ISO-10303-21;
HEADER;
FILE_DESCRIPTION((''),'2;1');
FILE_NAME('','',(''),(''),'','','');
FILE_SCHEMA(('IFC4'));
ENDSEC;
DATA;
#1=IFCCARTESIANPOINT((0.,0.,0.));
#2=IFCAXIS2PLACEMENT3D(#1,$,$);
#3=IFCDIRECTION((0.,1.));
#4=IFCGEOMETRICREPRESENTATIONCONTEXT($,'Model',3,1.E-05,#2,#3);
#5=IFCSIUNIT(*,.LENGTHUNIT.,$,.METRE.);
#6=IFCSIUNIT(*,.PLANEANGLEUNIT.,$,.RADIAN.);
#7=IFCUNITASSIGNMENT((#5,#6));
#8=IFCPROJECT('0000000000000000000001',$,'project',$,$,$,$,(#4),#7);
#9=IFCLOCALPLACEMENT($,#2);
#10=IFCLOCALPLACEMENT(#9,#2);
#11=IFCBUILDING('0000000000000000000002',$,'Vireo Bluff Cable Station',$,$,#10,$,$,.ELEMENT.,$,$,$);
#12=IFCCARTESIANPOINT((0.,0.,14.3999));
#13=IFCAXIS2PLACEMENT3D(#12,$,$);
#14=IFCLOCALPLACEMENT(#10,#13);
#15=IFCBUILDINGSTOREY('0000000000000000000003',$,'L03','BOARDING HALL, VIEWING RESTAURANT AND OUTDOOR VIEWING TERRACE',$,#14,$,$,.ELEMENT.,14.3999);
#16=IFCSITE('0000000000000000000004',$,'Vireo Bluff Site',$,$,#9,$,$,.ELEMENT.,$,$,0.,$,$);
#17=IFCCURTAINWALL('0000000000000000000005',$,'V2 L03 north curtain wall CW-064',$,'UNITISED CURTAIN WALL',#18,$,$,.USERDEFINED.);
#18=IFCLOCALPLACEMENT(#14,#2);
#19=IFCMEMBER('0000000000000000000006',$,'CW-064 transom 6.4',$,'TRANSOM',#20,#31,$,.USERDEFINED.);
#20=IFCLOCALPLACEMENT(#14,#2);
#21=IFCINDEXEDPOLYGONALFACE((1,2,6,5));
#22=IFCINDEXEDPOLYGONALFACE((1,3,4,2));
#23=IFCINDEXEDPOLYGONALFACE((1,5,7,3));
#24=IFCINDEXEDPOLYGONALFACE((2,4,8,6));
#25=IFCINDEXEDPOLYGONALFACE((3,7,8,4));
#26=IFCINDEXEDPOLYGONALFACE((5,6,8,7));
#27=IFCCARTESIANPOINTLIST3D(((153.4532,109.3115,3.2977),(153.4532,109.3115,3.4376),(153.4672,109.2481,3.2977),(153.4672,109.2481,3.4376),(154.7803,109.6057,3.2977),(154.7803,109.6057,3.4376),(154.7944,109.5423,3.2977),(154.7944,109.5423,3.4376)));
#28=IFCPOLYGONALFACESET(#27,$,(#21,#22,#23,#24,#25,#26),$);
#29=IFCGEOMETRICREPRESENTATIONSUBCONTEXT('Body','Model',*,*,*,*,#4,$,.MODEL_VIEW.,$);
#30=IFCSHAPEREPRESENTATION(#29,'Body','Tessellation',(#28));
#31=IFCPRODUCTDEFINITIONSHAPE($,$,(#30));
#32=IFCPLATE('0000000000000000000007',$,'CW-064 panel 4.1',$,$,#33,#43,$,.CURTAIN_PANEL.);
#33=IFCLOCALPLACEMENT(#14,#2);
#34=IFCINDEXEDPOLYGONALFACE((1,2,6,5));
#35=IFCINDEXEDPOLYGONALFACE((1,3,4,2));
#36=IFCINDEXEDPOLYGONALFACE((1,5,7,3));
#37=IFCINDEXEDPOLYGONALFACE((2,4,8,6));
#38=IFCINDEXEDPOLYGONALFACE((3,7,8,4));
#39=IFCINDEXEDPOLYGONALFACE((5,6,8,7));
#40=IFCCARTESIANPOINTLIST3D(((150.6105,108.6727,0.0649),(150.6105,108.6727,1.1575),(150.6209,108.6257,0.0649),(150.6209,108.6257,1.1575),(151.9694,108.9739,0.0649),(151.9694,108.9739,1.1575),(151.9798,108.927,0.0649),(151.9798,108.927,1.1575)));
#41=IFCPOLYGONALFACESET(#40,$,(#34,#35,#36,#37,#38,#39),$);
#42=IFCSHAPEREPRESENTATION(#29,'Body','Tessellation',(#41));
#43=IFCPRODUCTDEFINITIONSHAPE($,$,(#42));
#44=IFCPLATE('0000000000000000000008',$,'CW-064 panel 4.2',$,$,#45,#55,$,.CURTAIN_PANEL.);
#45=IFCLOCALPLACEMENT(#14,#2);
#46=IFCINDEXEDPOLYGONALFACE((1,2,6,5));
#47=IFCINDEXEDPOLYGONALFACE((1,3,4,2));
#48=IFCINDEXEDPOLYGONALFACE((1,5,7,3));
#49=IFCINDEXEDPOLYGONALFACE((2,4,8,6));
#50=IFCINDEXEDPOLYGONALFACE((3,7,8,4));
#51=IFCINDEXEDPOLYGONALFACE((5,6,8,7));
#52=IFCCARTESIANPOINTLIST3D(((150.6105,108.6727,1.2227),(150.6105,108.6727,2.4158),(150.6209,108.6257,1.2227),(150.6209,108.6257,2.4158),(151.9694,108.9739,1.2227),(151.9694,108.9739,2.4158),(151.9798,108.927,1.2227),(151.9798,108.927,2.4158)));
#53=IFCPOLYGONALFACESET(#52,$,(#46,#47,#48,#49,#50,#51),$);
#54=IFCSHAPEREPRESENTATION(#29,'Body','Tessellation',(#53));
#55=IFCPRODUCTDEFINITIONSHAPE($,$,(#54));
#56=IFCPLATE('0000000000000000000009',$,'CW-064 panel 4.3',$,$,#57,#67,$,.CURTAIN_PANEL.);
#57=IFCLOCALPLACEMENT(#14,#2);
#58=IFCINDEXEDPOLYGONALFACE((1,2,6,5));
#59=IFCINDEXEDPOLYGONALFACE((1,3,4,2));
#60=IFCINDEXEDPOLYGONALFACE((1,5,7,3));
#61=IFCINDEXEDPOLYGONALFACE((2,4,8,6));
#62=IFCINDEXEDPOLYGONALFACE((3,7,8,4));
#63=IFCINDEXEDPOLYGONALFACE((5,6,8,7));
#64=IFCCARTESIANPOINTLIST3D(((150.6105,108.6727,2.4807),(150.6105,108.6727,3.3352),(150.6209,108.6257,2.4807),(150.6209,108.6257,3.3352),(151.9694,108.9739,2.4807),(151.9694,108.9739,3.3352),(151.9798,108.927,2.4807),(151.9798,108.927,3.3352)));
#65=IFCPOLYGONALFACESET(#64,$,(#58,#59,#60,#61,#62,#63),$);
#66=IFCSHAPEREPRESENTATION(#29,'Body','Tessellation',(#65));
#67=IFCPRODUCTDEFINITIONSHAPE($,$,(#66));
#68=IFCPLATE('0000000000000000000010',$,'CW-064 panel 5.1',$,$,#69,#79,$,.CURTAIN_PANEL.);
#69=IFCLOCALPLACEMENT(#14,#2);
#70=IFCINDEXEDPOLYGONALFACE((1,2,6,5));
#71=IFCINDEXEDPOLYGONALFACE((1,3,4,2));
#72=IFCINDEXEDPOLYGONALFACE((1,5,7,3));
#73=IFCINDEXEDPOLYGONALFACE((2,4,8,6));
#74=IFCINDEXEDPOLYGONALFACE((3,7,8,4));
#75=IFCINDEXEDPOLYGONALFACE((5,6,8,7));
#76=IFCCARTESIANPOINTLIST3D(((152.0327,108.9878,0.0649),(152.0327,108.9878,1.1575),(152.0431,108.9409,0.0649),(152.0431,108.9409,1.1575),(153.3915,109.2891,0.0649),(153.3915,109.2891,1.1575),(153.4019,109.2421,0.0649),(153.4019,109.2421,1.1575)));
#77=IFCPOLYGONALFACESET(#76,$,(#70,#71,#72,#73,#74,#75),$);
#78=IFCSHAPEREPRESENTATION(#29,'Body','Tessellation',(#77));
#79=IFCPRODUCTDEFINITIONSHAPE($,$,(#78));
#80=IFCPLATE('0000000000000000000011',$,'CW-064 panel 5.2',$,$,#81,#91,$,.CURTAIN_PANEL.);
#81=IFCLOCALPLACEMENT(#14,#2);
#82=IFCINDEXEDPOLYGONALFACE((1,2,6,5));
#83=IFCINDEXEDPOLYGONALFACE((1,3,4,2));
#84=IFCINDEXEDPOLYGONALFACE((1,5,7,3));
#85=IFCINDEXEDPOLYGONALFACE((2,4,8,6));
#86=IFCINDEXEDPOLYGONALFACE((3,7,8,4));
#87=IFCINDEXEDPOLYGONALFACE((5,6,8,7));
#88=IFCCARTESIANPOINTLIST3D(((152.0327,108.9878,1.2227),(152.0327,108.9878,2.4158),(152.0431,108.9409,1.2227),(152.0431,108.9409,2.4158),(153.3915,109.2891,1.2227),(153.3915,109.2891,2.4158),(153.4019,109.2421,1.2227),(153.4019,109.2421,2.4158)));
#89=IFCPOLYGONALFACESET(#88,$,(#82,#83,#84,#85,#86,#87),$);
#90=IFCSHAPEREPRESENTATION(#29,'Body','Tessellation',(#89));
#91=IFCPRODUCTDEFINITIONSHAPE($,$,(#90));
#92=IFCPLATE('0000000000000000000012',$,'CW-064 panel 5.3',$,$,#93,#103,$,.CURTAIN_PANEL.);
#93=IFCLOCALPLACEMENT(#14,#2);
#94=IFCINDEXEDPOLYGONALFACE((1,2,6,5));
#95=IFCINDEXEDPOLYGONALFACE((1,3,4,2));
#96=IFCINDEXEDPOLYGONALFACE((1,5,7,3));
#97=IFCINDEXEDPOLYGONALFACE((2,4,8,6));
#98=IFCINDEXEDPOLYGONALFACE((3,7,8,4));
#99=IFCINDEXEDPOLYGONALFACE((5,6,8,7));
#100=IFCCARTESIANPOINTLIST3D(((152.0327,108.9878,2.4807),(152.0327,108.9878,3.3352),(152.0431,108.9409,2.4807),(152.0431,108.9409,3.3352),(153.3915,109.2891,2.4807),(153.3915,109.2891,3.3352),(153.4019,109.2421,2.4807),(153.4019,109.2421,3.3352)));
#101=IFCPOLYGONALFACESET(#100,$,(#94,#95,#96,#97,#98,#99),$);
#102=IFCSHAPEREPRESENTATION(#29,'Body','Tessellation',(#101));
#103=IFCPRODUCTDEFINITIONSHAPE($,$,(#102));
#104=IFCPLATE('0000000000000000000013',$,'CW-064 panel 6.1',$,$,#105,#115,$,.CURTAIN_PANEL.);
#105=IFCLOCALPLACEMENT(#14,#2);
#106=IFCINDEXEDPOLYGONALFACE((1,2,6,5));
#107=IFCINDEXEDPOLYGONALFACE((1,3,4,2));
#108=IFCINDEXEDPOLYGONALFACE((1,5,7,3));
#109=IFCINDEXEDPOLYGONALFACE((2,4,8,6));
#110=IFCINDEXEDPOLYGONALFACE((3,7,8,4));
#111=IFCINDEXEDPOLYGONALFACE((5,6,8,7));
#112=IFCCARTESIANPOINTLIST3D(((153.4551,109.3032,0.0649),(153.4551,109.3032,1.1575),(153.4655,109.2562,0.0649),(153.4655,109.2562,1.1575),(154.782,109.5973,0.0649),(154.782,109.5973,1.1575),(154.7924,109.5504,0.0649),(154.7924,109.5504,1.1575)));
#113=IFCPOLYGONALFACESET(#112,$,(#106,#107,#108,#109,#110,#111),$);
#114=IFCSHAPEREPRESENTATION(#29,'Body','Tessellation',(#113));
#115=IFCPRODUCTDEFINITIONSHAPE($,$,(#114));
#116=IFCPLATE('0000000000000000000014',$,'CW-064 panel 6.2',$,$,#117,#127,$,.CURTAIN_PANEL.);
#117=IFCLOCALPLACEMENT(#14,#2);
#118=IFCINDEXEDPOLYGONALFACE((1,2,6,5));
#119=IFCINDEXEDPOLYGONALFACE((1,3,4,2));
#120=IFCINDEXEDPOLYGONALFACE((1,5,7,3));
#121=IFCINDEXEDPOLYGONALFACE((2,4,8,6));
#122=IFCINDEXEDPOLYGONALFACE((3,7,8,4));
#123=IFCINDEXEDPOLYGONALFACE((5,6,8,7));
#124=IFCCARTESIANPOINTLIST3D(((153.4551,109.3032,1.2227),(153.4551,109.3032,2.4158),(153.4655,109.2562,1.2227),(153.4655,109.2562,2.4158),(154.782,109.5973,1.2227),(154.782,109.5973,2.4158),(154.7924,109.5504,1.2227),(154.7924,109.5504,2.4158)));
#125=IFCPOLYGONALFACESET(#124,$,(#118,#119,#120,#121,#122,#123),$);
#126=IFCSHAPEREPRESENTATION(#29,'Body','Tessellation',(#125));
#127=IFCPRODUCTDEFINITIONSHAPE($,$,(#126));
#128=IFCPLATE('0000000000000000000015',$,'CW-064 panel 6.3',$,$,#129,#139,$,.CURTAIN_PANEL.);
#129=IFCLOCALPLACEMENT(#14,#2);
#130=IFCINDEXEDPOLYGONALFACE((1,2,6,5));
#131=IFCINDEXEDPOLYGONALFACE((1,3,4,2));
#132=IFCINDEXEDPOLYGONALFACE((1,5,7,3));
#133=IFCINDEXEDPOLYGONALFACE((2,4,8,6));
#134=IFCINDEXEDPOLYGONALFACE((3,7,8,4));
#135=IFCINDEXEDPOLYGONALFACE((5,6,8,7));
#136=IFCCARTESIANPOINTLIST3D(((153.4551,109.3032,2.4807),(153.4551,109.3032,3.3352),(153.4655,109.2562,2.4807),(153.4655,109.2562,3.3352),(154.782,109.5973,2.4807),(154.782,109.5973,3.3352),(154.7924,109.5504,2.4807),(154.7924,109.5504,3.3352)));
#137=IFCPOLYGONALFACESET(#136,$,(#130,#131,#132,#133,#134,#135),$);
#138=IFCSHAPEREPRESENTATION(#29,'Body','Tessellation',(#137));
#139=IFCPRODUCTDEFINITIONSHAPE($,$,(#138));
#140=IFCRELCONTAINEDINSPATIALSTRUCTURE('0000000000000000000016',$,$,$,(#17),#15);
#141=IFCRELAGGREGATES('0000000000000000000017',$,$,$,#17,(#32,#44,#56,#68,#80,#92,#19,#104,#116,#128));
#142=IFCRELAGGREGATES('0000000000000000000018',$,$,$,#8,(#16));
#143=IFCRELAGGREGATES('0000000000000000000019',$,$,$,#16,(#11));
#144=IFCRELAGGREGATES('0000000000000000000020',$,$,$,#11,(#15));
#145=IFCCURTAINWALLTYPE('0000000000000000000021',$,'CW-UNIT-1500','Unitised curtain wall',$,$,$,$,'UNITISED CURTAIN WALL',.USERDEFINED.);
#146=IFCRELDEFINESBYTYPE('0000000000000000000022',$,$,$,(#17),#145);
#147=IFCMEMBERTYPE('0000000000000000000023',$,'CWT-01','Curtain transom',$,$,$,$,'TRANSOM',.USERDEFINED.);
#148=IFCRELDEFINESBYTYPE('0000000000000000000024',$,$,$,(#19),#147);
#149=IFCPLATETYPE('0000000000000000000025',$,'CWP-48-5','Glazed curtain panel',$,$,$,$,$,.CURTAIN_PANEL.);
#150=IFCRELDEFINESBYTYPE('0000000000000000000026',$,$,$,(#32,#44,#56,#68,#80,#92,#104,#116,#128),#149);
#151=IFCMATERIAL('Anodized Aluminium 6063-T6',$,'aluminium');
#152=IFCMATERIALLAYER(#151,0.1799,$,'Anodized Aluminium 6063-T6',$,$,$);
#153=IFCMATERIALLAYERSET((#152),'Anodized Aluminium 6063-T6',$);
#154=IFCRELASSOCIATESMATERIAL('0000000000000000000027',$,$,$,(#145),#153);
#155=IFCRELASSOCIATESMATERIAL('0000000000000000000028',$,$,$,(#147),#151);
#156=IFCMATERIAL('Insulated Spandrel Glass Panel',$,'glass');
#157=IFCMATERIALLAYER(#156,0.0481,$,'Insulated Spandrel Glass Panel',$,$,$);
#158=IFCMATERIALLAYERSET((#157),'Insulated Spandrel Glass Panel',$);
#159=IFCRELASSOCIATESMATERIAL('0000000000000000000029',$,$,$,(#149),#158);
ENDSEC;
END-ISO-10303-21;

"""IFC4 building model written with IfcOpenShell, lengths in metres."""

from ifc_helpers import new_model, si_unit, direction, frame, origin, origin_2d, place, context, subcontext, project, spatial, rectangle, extrude, material, layer, layer_set, material_profile, profile_set, type_object, element, aggregate, save


model = new_model("IFC4")

# Units and contexts
model_context = context("Model", 3, precision=1e-05, world=origin(), true_north=direction((0.0, 1.0)))
body_context = subcontext(model_context, "Body", "Model", "MODEL_VIEW")
ifc_project = project(units=[si_unit("LENGTHUNIT", "METRE"), si_unit("PLANEANGLEUNIT", "RADIAN")], contexts=[model_context])

# Site, building, storey
site_placement = place(None, origin())
site = spatial("IfcSite", under=ifc_project, at=site_placement, Name="Vireo Bluff Site", CompositionType="ELEMENT", RefElevation=0.0)
building_placement = place(site_placement, origin())
building = spatial("IfcBuilding", under=site, at=building_placement, Name="Vireo Bluff Cable Station", CompositionType="ELEMENT")
storey_placement = place(building_placement, frame((0.0, 0.0, 14.3999)))
storey = spatial("IfcBuildingStorey", under=building, at=storey_placement, Name="L03", Description="BOARDING HALL, VIEWING RESTAURANT AND OUTDOOR VIEWING TERRACE", CompositionType="ELEMENT", Elevation=14.3999)

# Curtain wall, member, plates
ifc_material_1 = material(Name="Anodized Aluminium 6063-T6", Category="aluminium")
ifc_layer_1 = layer(ifc_material_1, 0.1799, Name="Anodized Aluminium 6063-T6")
ifc_layer_set_1 = layer_set([ifc_layer_1], Name="Anodized Aluminium 6063-T6")
curtain_wall_type = type_object("IfcCurtainWallType", Name="CW-UNIT-1500", Description="Unitised curtain wall", ElementType="UNITISED CURTAIN WALL", PredefinedType="USERDEFINED", material=ifc_layer_set_1)
curtain_wall_placement = place(storey_placement, origin())
curtain_wall = element("IfcCurtainWall", 1, at=curtain_wall_placement, inside=storey, type_object=curtain_wall_type, Name="V2 L03 north curtain wall CW-064", ObjectType="UNITISED CURTAIN WALL", PredefinedType="USERDEFINED")
ifc_material_profile_1 = material_profile(ifc_material_1, rectangle(XDim=0.0649, YDim=0.1399, at=origin_2d()), Name="ALU-T-65X140")
ifc_profile_set_1 = profile_set([ifc_material_profile_1], Name="Anodized Aluminium 6063-T6")
member_type_1 = type_object("IfcMemberType", Name="CWT-01", Description="Curtain transom", ElementType="TRANSOM", PredefinedType="USERDEFINED", material=ifc_profile_set_1)
member_1_placement = place(storey_placement, frame((153.4602, 109.2798, 3.3677), z_axis=(0.976301, 0.216417, 0.0), x_axis=(-0.216417, 0.976301, 0.0)))
member_1 = element("IfcMember", 2, at=member_1_placement, type_object=member_type_1, Name="CW-064 transom 6.4", ObjectType="TRANSOM", PredefinedType="USERDEFINED", context=body_context, shape_type="SweptSolid", body=[
    extrude(rectangle(XDim=0.0649, YDim=0.1399, at=origin_2d()), origin(), (0.0, 0.0, 1.0), 1.3594),
])
ifc_material_2 = material(Name="Insulated Spandrel Glass Panel", Category="glass")
ifc_layer_2 = layer(ifc_material_2, 0.0481, Name="Insulated Spandrel Glass Panel")
ifc_layer_set_2 = layer_set([ifc_layer_2], Name="Insulated Spandrel Glass Panel")
plate_type = type_object("IfcPlateType", Name="CWP-48-5", Description="Glazed curtain panel", PredefinedType="CURTAIN_PANEL", material=ifc_layer_set_2)
plate_1_placement = place(storey_placement, frame((151.2952, 108.7998, 0.0649), z_axis=(0.0, 0.0, 1.0), x_axis=(0.976296, 0.21644, 0.0)))
plate_1 = element("IfcPlate", 3, at=plate_1_placement, type_object=plate_type, Name="CW-064 panel 4.1", PredefinedType="CURTAIN_PANEL", context=body_context, shape_type="SweptSolid", body=[
    extrude(rectangle(XDim=1.3918, YDim=0.0481, at=origin_2d()), origin(), (0.0, 0.0, 1.0), 1.0925),
])
plate_2_placement = place(storey_placement, frame((151.2952, 108.7998, 1.2227), z_axis=(0.0, 0.0, 1.0), x_axis=(0.976296, 0.21644, 0.0)))
plate_2 = element("IfcPlate", 4, at=plate_2_placement, type_object=plate_type, Name="CW-064 panel 4.2", PredefinedType="CURTAIN_PANEL", context=body_context, shape_type="SweptSolid", body=[
    extrude(rectangle(XDim=1.3918, YDim=0.0481, at=origin_2d()), origin(), (0.0, 0.0, 1.0), 1.1931),
])
plate_3_placement = place(storey_placement, frame((151.2952, 108.7998, 2.4807), z_axis=(0.0, 0.0, 1.0), x_axis=(0.976296, 0.21644, 0.0)))
plate_3 = element("IfcPlate", 5, at=plate_3_placement, type_object=plate_type, Name="CW-064 panel 4.3", PredefinedType="CURTAIN_PANEL", context=body_context, shape_type="SweptSolid", body=[
    extrude(rectangle(XDim=1.3918, YDim=0.0481, at=origin_2d()), origin(), (0.0, 0.0, 1.0), 0.8545),
])
plate_4_placement = place(storey_placement, frame((152.7173, 109.115, 0.0649), z_axis=(0.0, 0.0, 1.0), x_axis=(0.976296, 0.21644, 0.0)))
plate_4 = element("IfcPlate", 6, at=plate_4_placement, type_object=plate_type, Name="CW-064 panel 5.1", PredefinedType="CURTAIN_PANEL", context=body_context, shape_type="SweptSolid", body=[
    extrude(rectangle(XDim=1.3918, YDim=0.0481, at=origin_2d()), origin(), (0.0, 0.0, 1.0), 1.0925),
])
plate_5_placement = place(storey_placement, frame((152.7173, 109.115, 1.2227), z_axis=(0.0, 0.0, 1.0), x_axis=(0.976296, 0.21644, 0.0)))
plate_5 = element("IfcPlate", 7, at=plate_5_placement, type_object=plate_type, Name="CW-064 panel 5.2", PredefinedType="CURTAIN_PANEL", context=body_context, shape_type="SweptSolid", body=[
    extrude(rectangle(XDim=1.3918, YDim=0.0481, at=origin_2d()), origin(), (0.0, 0.0, 1.0), 1.1931),
])
plate_6_placement = place(storey_placement, frame((152.7173, 109.115, 2.4807), z_axis=(0.0, 0.0, 1.0), x_axis=(0.976296, 0.21644, 0.0)))
plate_6 = element("IfcPlate", 8, at=plate_6_placement, type_object=plate_type, Name="CW-064 panel 5.3", PredefinedType="CURTAIN_PANEL", context=body_context, shape_type="SweptSolid", body=[
    extrude(rectangle(XDim=1.3918, YDim=0.0481, at=origin_2d()), origin(), (0.0, 0.0, 1.0), 0.8545),
])
plate_7_placement = place(storey_placement, frame((154.1238, 109.4268, 0.0649), z_axis=(0.0, 0.0, 1.0), x_axis=(0.976296, 0.21644, 0.0)))
plate_7 = element("IfcPlate", 9, at=plate_7_placement, type_object=plate_type, Name="CW-064 panel 6.1", PredefinedType="CURTAIN_PANEL", context=body_context, shape_type="SweptSolid", body=[
    extrude(rectangle(XDim=1.3591, YDim=0.0481, at=origin_2d()), origin(), (0.0, 0.0, 1.0), 1.0925),
])
plate_8_placement = place(storey_placement, frame((154.1238, 109.4268, 1.2227), z_axis=(0.0, 0.0, 1.0), x_axis=(0.976296, 0.21644, 0.0)))
plate_8 = element("IfcPlate", 10, at=plate_8_placement, type_object=plate_type, Name="CW-064 panel 6.2", PredefinedType="CURTAIN_PANEL", context=body_context, shape_type="SweptSolid", body=[
    extrude(rectangle(XDim=1.3591, YDim=0.0481, at=origin_2d()), origin(), (0.0, 0.0, 1.0), 1.1931),
])
plate_9_placement = place(storey_placement, frame((154.1238, 109.4268, 2.4807), z_axis=(0.0, 0.0, 1.0), x_axis=(0.976296, 0.21644, 0.0)))
plate_9 = element("IfcPlate", 11, at=plate_9_placement, type_object=plate_type, Name="CW-064 panel 6.3", PredefinedType="CURTAIN_PANEL", context=body_context, shape_type="SweptSolid", body=[
    extrude(rectangle(XDim=1.3591, YDim=0.0481, at=origin_2d()), origin(), (0.0, 0.0, 1.0), 0.8545),
])
aggregate(curtain_wall, [plate_1, plate_2, plate_3, plate_4, plate_5, plate_6, member_1, plate_7, plate_8, plate_9])

save(model, "model.ifc")
